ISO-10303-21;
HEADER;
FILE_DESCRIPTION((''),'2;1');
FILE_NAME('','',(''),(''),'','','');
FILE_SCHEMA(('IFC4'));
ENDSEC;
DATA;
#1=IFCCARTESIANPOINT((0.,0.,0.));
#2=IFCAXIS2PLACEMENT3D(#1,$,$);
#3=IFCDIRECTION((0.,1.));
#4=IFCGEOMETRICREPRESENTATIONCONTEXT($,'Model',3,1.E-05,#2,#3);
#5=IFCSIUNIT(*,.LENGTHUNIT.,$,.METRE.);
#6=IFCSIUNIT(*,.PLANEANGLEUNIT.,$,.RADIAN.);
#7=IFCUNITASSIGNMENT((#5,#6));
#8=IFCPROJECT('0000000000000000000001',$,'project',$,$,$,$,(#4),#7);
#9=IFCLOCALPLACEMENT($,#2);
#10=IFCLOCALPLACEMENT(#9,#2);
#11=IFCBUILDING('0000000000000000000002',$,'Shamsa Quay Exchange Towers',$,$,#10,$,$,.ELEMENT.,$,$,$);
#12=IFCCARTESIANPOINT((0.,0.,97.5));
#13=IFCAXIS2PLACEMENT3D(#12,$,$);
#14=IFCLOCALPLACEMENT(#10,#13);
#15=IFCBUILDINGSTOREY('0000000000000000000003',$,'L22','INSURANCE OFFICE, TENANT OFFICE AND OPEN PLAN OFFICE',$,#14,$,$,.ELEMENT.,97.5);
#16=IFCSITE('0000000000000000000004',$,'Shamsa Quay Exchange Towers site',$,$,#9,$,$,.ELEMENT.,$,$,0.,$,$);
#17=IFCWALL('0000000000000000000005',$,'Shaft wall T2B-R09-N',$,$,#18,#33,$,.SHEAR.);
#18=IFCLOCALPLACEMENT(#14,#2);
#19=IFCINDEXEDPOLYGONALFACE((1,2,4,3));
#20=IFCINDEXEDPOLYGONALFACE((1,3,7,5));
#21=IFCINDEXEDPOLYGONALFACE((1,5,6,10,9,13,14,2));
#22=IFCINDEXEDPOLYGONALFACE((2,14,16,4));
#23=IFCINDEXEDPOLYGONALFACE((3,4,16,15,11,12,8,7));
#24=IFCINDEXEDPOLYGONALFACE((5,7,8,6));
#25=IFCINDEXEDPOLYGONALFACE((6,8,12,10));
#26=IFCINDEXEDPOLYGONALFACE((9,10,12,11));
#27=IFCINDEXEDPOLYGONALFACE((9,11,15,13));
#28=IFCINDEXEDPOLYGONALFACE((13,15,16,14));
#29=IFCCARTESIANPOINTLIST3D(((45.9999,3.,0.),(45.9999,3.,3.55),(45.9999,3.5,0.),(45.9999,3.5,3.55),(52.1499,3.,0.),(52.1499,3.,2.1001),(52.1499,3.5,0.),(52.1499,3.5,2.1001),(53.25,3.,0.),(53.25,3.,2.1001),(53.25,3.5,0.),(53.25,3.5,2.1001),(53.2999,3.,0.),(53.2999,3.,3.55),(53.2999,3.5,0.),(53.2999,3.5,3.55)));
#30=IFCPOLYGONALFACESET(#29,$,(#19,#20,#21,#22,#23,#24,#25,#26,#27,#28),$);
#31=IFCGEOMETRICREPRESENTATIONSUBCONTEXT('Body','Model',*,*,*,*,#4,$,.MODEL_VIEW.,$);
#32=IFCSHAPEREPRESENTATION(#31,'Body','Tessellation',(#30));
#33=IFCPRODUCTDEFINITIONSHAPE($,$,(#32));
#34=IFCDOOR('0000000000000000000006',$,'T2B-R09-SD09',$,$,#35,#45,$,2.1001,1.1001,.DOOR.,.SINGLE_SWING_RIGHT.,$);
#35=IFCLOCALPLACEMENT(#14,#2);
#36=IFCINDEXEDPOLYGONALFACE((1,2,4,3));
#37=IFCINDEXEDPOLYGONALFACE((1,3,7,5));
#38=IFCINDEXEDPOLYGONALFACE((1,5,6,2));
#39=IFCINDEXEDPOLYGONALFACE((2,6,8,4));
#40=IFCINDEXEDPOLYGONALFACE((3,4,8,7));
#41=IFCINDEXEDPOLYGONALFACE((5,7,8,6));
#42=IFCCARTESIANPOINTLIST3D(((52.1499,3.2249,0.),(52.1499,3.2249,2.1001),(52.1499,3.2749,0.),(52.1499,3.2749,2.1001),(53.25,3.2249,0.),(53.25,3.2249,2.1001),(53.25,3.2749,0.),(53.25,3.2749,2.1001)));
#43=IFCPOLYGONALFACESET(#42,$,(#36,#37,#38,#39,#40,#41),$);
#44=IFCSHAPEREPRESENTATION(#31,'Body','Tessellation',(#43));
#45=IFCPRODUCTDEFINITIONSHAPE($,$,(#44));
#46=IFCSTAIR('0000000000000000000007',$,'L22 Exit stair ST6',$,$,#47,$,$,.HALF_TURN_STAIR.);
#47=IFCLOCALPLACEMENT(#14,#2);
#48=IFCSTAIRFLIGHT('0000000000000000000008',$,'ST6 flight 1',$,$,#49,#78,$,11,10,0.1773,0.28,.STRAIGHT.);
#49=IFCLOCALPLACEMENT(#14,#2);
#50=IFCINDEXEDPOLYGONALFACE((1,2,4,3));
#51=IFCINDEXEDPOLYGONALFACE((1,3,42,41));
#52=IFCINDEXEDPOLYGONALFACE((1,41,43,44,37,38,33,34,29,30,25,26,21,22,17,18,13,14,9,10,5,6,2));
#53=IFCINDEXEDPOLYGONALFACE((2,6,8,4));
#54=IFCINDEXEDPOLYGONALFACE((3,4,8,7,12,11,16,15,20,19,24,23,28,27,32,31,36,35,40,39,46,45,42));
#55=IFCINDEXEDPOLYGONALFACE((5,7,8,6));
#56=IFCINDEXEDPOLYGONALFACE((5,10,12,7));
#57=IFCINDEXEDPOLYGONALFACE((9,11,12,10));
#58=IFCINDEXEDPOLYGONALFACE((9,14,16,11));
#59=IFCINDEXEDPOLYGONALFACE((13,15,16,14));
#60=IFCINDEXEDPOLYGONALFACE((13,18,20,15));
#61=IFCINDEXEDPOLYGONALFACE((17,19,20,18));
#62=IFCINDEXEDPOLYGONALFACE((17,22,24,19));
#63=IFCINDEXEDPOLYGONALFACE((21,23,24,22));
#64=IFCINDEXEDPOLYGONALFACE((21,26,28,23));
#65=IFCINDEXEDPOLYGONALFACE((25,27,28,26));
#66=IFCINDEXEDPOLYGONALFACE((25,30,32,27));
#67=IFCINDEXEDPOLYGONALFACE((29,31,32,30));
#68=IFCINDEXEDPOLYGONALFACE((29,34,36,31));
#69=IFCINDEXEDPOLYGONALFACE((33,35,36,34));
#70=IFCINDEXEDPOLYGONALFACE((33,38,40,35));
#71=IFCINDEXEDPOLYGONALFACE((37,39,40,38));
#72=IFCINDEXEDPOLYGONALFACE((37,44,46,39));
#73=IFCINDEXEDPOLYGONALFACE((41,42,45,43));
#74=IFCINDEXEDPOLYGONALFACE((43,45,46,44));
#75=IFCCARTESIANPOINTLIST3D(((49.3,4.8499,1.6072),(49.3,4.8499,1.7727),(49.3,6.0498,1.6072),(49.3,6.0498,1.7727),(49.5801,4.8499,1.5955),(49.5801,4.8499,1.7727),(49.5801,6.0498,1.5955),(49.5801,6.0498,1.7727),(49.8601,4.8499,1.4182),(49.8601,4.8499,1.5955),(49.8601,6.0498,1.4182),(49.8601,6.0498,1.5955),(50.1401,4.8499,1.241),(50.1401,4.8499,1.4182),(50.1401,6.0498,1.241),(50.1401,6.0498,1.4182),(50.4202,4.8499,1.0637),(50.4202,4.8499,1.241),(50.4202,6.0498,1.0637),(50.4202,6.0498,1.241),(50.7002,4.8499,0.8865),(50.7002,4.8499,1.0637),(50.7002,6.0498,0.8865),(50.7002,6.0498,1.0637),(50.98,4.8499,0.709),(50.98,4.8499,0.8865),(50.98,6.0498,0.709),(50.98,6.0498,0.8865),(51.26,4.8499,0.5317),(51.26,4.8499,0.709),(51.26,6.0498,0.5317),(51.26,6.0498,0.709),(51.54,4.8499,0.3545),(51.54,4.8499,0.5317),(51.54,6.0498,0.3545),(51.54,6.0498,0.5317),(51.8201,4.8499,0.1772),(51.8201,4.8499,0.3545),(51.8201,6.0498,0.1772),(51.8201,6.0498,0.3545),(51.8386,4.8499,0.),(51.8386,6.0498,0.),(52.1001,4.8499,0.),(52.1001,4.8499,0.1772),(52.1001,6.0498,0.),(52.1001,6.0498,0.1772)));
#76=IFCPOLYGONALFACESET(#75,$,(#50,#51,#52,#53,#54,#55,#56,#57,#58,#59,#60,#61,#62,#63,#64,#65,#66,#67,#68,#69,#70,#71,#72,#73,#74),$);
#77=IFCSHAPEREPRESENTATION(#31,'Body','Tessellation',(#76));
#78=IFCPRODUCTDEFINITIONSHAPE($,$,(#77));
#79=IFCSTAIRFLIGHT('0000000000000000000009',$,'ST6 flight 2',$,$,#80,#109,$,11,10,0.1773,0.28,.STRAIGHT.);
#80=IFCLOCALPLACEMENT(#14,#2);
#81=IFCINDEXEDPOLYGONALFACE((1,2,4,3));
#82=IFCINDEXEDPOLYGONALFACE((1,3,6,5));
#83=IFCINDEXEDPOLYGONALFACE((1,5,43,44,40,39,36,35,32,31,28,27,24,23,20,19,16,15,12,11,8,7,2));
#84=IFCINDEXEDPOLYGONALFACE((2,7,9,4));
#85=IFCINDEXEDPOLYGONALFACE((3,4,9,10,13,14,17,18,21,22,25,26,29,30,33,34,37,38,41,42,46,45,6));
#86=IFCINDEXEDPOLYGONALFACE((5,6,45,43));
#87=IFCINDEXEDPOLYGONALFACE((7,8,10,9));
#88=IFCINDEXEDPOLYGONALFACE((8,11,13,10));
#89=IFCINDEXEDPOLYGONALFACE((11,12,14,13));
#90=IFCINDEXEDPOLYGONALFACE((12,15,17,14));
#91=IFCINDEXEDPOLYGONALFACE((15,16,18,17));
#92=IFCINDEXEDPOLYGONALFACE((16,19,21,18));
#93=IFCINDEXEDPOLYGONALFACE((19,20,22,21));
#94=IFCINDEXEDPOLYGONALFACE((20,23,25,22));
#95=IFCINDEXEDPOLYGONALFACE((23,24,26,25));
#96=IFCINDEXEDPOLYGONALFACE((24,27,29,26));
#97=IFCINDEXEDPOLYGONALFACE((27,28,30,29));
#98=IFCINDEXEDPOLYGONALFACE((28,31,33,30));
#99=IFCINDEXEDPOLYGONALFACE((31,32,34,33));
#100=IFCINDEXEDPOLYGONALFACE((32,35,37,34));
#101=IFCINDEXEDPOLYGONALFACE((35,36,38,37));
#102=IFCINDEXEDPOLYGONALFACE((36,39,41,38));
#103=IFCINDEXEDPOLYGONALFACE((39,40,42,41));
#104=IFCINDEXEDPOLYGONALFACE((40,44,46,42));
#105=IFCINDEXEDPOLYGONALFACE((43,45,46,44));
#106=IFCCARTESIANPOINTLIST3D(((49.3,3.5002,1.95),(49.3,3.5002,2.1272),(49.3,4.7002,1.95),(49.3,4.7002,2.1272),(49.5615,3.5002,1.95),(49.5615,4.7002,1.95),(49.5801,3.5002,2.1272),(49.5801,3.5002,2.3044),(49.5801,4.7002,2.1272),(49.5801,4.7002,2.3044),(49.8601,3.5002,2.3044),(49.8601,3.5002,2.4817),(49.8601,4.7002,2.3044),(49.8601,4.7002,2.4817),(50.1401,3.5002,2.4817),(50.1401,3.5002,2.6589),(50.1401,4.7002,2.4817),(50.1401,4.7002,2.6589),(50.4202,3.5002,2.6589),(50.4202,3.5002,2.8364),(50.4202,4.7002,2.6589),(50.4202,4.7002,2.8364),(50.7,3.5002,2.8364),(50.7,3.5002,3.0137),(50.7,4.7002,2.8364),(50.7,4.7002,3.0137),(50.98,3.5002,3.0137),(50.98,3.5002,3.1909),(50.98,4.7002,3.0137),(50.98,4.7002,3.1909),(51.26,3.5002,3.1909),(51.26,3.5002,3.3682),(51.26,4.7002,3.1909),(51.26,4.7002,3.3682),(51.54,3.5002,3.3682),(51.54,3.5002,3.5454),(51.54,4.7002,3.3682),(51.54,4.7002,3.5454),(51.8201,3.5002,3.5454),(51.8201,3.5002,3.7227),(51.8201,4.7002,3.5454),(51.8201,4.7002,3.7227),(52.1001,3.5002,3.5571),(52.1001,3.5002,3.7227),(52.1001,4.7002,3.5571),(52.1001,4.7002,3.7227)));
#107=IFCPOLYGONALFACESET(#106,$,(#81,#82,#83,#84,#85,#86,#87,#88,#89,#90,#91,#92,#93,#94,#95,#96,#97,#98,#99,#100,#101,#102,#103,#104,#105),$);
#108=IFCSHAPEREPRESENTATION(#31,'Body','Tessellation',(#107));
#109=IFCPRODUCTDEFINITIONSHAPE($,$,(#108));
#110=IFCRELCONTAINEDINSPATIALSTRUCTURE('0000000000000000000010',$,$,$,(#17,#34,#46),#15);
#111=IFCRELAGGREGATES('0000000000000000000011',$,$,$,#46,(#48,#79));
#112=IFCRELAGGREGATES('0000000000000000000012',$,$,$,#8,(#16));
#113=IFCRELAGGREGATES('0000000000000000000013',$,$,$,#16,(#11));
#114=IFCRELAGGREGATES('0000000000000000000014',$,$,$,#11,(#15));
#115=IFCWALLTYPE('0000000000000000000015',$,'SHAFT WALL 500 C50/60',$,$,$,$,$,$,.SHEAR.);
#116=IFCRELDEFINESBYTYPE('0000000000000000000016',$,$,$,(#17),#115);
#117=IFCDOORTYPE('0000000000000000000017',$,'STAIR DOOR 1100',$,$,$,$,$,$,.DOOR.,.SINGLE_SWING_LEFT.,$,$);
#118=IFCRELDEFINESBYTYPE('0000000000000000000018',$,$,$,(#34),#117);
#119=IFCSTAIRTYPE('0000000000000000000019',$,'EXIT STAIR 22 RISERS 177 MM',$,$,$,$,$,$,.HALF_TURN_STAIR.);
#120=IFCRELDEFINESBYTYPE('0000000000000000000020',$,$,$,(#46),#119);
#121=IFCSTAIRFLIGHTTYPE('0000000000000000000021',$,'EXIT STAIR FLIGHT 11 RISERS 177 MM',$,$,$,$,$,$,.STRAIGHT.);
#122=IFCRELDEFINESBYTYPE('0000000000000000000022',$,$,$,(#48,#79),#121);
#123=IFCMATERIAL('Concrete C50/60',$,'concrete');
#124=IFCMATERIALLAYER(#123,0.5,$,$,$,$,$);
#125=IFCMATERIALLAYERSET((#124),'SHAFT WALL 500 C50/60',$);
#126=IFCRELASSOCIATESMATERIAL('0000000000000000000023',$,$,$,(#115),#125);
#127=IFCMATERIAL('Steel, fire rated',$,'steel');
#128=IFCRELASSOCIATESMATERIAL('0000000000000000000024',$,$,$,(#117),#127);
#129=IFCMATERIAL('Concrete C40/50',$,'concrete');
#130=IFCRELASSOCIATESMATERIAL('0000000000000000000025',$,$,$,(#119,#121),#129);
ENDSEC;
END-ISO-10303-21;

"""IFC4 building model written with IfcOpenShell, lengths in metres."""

from ifc_helpers import new_model, si_unit, direction, frame, frame_2d, origin, place, context, subcontext, project, spatial, polyline, rectangle, outline, extrude, material, layer, layer_set, type_object, element, fill, aggregate, save


model = new_model("IFC4")

# Units and contexts
model_context = context("Model", 3, precision=1e-05, world=origin(), true_north=direction((0.0, 1.0)))
body_context = subcontext(model_context, "Body", "Model", "MODEL_VIEW")
ifc_project = project(units=[si_unit("LENGTHUNIT", "METRE"), si_unit("PLANEANGLEUNIT", "RADIAN")], contexts=[model_context])

# Site, building, storey
site_placement = place(None, origin())
site = spatial("IfcSite", under=ifc_project, at=site_placement, Name="Shamsa Quay Exchange Towers site", CompositionType="ELEMENT", RefElevation=0.0)
building_placement = place(site_placement, origin())
building = spatial("IfcBuilding", under=site, at=building_placement, Name="Shamsa Quay Exchange Towers", CompositionType="ELEMENT")
storey_placement = place(building_placement, frame((0.0, 0.0, 97.5)))
storey = spatial("IfcBuildingStorey", under=building, at=storey_placement, Name="L22", Description="INSURANCE OFFICE, TENANT OFFICE AND OPEN PLAN OFFICE", CompositionType="ELEMENT", Elevation=97.5)

# Shared definitions
ifc_material_1 = material(Name="Concrete C50/60", Category="concrete")
ifc_material_2 = material(Name="Steel, fire rated", Category="steel")

# Wall, opening, door
ifc_layer_1 = layer(ifc_material_1, 0.5)
ifc_layer_set_1 = layer_set([ifc_layer_1], Name="SHAFT WALL 500 C50/60")
wall_type_1 = type_object("IfcWallType", Name="SHAFT WALL 500 C50/60", PredefinedType="SHEAR", material=ifc_layer_set_1)
wall_1_placement = place(storey_placement, frame((46.0, 3.25, 0.0)))
wall_1 = element("IfcWall", 1, at=wall_1_placement, inside=storey, type_object=wall_type_1, Name="Shaft wall T2B-R09-N", PredefinedType="SHEAR", context=body_context, shape_type="SweptSolid", body=[
    extrude(rectangle(XDim=7.3, YDim=0.5, at=frame_2d((3.6499, 0.0))), origin(), (0.0, 0.0, 1.0), 3.55),
])
opening_1_placement = place(wall_1_placement, frame((6.1499, 0.0, 0.0)))
opening_1 = element("IfcOpeningElement", 2, at=opening_1_placement, cuts=wall_1, PredefinedType="OPENING", context=body_context, shape_type="SweptSolid", body=[
    extrude(rectangle(XDim=1.1001, YDim=2.1001, at=frame_2d((0.55, 1.05))), frame((0.0, 0.26, 0.0), z_axis=(0.0, -1.0, 0.0), x_axis=(1.0, 0.0, 0.0)), (0.0, 0.0, 1.0), 0.52),
])
door_type_1 = type_object("IfcDoorType", Name="STAIR DOOR 1100", OperationType="SINGLE_SWING_LEFT", PredefinedType="DOOR", material=ifc_material_2)
door_1_placement = place(opening_1_placement, origin())
door_1 = element("IfcDoor", 3, at=door_1_placement, inside=storey, type_object=door_type_1, Name="T2B-R09-SD09", OperationType="SINGLE_SWING_RIGHT", OverallHeight=2.1001, OverallWidth=1.1001, PredefinedType="DOOR", context=body_context, shape_type="SweptSolid", body=[
    extrude(rectangle(XDim=1.1001, YDim=2.1001, at=frame_2d((0.55, 1.05))), frame((0.0, 0.0249, 0.0), z_axis=(0.0, -1.0, 0.0), x_axis=(1.0, 0.0, 0.0)), (0.0, 0.0, 1.0), 0.05),
])
fill(opening_1, door_1)

# Stair, stair flights
ifc_material_3 = material(Name="Concrete C40/50", Category="concrete")
stair_type = type_object("IfcStairType", Name="EXIT STAIR 22 RISERS 177 MM", PredefinedType="HALF_TURN_STAIR", material=ifc_material_3)
stair_placement = place(storey_placement, origin())
stair = element("IfcStair", 4, at=stair_placement, inside=storey, type_object=stair_type, Name="L22 Exit stair ST6", PredefinedType="HALF_TURN_STAIR")
stair_flight_type = type_object("IfcStairFlightType", Name="EXIT STAIR FLIGHT 11 RISERS 177 MM", PredefinedType="STRAIGHT", material=ifc_material_3)
stair_flight_1_placement = place(storey_placement, frame((52.1001, 5.45, 0.0), z_axis=(0.0, 0.0, 1.0), x_axis=(-1.0, 0.0, 0.0)))
stair_flight_1 = element("IfcStairFlight", 5, at=stair_flight_1_placement, type_object=stair_flight_type, Name="ST6 flight 1", NumberOfRisers=11, NumberOfTreads=10, PredefinedType="STRAIGHT", RiserHeight=0.1773, TreadLength=0.28, context=body_context, shape_type="SweptSolid", body=[
    extrude(outline(polyline([(0.0, 0.0), (0.0, 0.1772), (0.28, 0.1772), (0.28, 0.3545), (0.5601, 0.3545), (0.5601, 0.5317), (0.8401, 0.5317), (0.8401, 0.709), (1.1201, 0.709), (1.1201, 0.8865), (1.3999, 0.8865), (1.3999, 1.0637), (1.6799, 1.0637), (1.6799, 1.241), (1.96, 1.241), (1.96, 1.4182), (2.24, 1.4182), (2.24, 1.5955), (2.52, 1.5955), (2.52, 1.7727), (2.8, 1.7727), (2.8, 1.95), (2.8, 1.6072), (0.2615, 0.0), (0.0, 0.0)])), frame((0.0, 0.6001, 0.0), z_axis=(0.0, -1.0, 0.0), x_axis=(1.0, 0.0, 0.0)), (0.0, 0.0, 1.0), 1.2),
])
stair_flight_2_placement = place(storey_placement, frame((49.3, 4.1001, 1.95)))
stair_flight_2 = element("IfcStairFlight", 6, at=stair_flight_2_placement, type_object=stair_flight_type, Name="ST6 flight 2", NumberOfRisers=11, NumberOfTreads=10, PredefinedType="STRAIGHT", RiserHeight=0.1773, TreadLength=0.28, context=body_context, shape_type="SweptSolid", body=[
    extrude(outline(polyline([(0.0, 0.0), (0.0, 0.1772), (0.28, 0.1772), (0.28, 0.3545), (0.5601, 0.3545), (0.5601, 0.5317), (0.8401, 0.5317), (0.8401, 0.709), (1.1201, 0.709), (1.1201, 0.8865), (1.3999, 0.8865), (1.3999, 1.0637), (1.6799, 1.0637), (1.6799, 1.241), (1.96, 1.241), (1.96, 1.4182), (2.24, 1.4182), (2.24, 1.5955), (2.52, 1.5955), (2.52, 1.7727), (2.8, 1.7727), (2.8, 1.95), (2.8, 1.6072), (0.2615, 0.0), (0.0, 0.0)])), frame((0.0, 0.6001, 0.0), z_axis=(0.0, -1.0, 0.0), x_axis=(1.0, 0.0, 0.0)), (0.0, 0.0, 1.0), 1.2),
])
aggregate(stair, [stair_flight_1, stair_flight_2])

save(model, "model.ifc")
